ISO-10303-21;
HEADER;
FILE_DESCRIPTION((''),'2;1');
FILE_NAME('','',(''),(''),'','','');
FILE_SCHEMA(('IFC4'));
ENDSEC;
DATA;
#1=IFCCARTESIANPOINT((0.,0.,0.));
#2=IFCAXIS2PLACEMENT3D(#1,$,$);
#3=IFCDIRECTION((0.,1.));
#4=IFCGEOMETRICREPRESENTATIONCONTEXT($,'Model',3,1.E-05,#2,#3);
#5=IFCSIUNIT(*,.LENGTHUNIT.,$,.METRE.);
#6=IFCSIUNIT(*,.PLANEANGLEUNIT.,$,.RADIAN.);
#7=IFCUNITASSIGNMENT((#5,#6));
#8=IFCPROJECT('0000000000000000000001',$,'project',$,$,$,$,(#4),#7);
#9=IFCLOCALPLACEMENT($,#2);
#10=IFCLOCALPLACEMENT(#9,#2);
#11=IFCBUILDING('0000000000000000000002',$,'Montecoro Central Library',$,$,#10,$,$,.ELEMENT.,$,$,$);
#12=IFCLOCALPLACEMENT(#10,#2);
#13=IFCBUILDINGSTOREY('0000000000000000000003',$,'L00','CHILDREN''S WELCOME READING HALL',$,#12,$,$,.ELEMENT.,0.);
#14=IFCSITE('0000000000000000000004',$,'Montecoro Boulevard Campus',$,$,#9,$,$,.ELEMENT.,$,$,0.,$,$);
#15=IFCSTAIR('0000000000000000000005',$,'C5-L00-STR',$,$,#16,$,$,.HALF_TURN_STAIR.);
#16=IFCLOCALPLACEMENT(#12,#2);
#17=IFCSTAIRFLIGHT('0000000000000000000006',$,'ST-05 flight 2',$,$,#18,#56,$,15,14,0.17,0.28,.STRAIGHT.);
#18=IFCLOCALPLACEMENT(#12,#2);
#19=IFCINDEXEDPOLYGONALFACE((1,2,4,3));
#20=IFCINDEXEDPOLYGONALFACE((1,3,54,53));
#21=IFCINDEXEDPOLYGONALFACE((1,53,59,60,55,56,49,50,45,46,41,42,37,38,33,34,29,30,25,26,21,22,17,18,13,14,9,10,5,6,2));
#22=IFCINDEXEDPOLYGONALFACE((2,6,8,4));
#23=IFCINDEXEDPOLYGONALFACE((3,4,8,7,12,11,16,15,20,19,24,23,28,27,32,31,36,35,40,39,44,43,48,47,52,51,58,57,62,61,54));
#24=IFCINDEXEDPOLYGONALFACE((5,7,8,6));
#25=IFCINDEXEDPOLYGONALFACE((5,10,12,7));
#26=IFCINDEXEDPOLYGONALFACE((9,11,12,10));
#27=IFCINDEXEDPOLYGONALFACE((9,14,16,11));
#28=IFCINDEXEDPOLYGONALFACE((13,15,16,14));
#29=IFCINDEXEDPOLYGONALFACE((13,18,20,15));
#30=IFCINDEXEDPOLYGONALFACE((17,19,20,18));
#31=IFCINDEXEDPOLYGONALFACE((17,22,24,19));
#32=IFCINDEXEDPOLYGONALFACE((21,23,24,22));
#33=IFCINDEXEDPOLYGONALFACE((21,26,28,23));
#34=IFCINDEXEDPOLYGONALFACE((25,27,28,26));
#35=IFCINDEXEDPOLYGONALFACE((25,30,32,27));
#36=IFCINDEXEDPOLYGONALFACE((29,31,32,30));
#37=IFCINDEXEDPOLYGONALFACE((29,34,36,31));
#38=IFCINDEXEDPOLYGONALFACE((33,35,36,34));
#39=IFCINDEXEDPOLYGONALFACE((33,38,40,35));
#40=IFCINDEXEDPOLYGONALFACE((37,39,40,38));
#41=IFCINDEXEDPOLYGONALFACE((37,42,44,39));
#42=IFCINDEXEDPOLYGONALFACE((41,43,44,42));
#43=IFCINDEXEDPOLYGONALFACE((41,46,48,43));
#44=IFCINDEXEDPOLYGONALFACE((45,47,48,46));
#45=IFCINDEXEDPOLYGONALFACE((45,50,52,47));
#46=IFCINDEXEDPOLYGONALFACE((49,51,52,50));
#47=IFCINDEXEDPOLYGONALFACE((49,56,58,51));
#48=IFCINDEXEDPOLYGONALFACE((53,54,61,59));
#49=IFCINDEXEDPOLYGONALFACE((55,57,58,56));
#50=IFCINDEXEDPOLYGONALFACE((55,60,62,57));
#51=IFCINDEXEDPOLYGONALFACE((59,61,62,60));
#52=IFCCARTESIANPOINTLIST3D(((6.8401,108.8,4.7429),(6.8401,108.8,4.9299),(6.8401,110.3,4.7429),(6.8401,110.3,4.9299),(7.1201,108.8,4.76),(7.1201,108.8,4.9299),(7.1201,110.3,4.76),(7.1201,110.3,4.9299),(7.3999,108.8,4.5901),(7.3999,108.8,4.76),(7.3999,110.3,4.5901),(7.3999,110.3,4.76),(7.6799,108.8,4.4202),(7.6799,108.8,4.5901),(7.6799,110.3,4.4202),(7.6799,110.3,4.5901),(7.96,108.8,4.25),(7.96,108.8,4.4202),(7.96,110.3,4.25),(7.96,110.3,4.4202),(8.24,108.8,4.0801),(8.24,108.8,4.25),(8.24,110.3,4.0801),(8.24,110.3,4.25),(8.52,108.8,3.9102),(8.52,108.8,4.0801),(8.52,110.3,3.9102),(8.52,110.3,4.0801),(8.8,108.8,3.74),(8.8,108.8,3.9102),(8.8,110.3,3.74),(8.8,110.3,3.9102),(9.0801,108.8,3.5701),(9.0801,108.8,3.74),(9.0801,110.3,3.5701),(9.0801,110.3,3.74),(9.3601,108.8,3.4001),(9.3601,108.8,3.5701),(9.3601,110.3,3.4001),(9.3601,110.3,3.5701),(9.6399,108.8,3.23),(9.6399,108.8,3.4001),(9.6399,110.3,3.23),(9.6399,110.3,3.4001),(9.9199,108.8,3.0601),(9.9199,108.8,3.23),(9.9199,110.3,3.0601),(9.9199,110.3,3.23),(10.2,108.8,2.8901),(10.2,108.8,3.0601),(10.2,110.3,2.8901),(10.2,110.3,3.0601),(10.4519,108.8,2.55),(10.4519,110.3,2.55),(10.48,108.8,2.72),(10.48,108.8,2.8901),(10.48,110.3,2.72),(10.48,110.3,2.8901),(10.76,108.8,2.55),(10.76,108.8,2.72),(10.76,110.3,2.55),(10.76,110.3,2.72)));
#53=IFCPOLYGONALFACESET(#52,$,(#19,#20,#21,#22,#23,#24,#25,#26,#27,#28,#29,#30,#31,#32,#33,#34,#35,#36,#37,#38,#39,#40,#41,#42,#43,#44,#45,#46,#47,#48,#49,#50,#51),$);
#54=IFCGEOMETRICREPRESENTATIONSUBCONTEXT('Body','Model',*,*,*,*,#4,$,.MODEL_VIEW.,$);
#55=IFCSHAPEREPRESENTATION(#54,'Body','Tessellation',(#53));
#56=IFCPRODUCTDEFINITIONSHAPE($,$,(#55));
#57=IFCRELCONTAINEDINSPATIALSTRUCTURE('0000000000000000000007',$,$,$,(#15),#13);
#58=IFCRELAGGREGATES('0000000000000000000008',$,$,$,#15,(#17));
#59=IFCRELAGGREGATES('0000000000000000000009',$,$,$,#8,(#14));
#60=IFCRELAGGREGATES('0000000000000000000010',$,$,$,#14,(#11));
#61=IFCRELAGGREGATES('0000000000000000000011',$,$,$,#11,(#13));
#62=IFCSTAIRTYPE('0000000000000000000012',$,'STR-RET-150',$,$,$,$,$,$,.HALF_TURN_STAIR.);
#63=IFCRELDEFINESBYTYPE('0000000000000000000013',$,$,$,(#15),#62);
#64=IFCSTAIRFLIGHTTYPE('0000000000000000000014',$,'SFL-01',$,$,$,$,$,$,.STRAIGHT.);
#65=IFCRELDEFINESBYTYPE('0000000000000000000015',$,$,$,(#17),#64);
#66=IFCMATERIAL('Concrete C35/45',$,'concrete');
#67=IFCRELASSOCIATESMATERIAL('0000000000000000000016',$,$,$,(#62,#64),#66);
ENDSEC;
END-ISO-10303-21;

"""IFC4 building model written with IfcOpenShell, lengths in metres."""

from ifc_helpers import new_model, si_unit, direction, frame, origin, place, context, subcontext, project, spatial, polyline, outline, extrude, material, type_object, element, aggregate, save


model = new_model("IFC4")

# Units and contexts
model_context = context("Model", 3, precision=1e-05, world=origin(), true_north=direction((0.0, 1.0)))
body_context = subcontext(model_context, "Body", "Model", "MODEL_VIEW")
ifc_project = project(units=[si_unit("LENGTHUNIT", "METRE"), si_unit("PLANEANGLEUNIT", "RADIAN")], contexts=[model_context])

# Site, building, storey
site_placement = place(None, origin())
site = spatial("IfcSite", under=ifc_project, at=site_placement, Name="Montecoro Boulevard Campus", CompositionType="ELEMENT", RefElevation=0.0)
building_placement = place(site_placement, origin())
building = spatial("IfcBuilding", under=site, at=building_placement, Name="Montecoro Central Library", CompositionType="ELEMENT")
storey_placement = place(building_placement, origin())
storey = spatial("IfcBuildingStorey", under=building, at=storey_placement, Name="L00", Description="CHILDREN'S WELCOME READING HALL", CompositionType="ELEMENT", Elevation=0.0)

# Shared definitions
ifc_material_1 = material(Name="Concrete C35/45", Category="concrete")

# Stair, stair flight
stair_type = type_object("IfcStairType", Name="STR-RET-150", PredefinedType="HALF_TURN_STAIR", material=ifc_material_1)
stair_placement = place(storey_placement, origin())
stair = element("IfcStair", 1, at=stair_placement, inside=storey, type_object=stair_type, Name="C5-L00-STR", PredefinedType="HALF_TURN_STAIR")
stair_flight_type = type_object("IfcStairFlightType", Name="SFL-01", PredefinedType="STRAIGHT", material=ifc_material_1)
stair_flight_placement = place(storey_placement, frame((10.76, 109.55, 2.55), z_axis=(0.0, 0.0, 1.0), x_axis=(-1.0, 0.0, 0.0)))
stair_flight = element("IfcStairFlight", 2, at=stair_flight_placement, type_object=stair_flight_type, Name="ST-05 flight 2", NumberOfRisers=15, NumberOfTreads=14, PredefinedType="STRAIGHT", RiserHeight=0.17, TreadLength=0.28, context=body_context, shape_type="SweptSolid", body=[
    extrude(outline(polyline([(0.0, 0.0), (0.0, 0.1699), (0.28, 0.1699), (0.28, 0.3401), (0.5601, 0.3401), (0.5601, 0.51), (0.8401, 0.51), (0.8401, 0.6799), (1.1201, 0.6799), (1.1201, 0.8501), (1.3999, 0.8501), (1.3999, 1.02), (1.6799, 1.02), (1.6799, 1.1899), (1.96, 1.1899), (1.96, 1.3601), (2.24, 1.3601), (2.24, 1.53), (2.52, 1.53), (2.52, 1.7), (2.8, 1.7), (2.8, 1.8701), (3.0801, 1.8701), (3.0801, 2.04), (3.3601, 2.04), (3.3601, 2.21), (3.6399, 2.21), (3.6399, 2.3799), (3.9199, 2.3799), (3.9199, 2.55), (3.9199, 2.1929), (0.3081, 0.0), (0.0, 0.0)])), frame((0.0, 0.75, 0.0), z_axis=(0.0, -1.0, 0.0), x_axis=(1.0, 0.0, 0.0)), (0.0, 0.0, 1.0), 1.5),
])
aggregate(stair, [stair_flight])

save(model, "model.ifc")
